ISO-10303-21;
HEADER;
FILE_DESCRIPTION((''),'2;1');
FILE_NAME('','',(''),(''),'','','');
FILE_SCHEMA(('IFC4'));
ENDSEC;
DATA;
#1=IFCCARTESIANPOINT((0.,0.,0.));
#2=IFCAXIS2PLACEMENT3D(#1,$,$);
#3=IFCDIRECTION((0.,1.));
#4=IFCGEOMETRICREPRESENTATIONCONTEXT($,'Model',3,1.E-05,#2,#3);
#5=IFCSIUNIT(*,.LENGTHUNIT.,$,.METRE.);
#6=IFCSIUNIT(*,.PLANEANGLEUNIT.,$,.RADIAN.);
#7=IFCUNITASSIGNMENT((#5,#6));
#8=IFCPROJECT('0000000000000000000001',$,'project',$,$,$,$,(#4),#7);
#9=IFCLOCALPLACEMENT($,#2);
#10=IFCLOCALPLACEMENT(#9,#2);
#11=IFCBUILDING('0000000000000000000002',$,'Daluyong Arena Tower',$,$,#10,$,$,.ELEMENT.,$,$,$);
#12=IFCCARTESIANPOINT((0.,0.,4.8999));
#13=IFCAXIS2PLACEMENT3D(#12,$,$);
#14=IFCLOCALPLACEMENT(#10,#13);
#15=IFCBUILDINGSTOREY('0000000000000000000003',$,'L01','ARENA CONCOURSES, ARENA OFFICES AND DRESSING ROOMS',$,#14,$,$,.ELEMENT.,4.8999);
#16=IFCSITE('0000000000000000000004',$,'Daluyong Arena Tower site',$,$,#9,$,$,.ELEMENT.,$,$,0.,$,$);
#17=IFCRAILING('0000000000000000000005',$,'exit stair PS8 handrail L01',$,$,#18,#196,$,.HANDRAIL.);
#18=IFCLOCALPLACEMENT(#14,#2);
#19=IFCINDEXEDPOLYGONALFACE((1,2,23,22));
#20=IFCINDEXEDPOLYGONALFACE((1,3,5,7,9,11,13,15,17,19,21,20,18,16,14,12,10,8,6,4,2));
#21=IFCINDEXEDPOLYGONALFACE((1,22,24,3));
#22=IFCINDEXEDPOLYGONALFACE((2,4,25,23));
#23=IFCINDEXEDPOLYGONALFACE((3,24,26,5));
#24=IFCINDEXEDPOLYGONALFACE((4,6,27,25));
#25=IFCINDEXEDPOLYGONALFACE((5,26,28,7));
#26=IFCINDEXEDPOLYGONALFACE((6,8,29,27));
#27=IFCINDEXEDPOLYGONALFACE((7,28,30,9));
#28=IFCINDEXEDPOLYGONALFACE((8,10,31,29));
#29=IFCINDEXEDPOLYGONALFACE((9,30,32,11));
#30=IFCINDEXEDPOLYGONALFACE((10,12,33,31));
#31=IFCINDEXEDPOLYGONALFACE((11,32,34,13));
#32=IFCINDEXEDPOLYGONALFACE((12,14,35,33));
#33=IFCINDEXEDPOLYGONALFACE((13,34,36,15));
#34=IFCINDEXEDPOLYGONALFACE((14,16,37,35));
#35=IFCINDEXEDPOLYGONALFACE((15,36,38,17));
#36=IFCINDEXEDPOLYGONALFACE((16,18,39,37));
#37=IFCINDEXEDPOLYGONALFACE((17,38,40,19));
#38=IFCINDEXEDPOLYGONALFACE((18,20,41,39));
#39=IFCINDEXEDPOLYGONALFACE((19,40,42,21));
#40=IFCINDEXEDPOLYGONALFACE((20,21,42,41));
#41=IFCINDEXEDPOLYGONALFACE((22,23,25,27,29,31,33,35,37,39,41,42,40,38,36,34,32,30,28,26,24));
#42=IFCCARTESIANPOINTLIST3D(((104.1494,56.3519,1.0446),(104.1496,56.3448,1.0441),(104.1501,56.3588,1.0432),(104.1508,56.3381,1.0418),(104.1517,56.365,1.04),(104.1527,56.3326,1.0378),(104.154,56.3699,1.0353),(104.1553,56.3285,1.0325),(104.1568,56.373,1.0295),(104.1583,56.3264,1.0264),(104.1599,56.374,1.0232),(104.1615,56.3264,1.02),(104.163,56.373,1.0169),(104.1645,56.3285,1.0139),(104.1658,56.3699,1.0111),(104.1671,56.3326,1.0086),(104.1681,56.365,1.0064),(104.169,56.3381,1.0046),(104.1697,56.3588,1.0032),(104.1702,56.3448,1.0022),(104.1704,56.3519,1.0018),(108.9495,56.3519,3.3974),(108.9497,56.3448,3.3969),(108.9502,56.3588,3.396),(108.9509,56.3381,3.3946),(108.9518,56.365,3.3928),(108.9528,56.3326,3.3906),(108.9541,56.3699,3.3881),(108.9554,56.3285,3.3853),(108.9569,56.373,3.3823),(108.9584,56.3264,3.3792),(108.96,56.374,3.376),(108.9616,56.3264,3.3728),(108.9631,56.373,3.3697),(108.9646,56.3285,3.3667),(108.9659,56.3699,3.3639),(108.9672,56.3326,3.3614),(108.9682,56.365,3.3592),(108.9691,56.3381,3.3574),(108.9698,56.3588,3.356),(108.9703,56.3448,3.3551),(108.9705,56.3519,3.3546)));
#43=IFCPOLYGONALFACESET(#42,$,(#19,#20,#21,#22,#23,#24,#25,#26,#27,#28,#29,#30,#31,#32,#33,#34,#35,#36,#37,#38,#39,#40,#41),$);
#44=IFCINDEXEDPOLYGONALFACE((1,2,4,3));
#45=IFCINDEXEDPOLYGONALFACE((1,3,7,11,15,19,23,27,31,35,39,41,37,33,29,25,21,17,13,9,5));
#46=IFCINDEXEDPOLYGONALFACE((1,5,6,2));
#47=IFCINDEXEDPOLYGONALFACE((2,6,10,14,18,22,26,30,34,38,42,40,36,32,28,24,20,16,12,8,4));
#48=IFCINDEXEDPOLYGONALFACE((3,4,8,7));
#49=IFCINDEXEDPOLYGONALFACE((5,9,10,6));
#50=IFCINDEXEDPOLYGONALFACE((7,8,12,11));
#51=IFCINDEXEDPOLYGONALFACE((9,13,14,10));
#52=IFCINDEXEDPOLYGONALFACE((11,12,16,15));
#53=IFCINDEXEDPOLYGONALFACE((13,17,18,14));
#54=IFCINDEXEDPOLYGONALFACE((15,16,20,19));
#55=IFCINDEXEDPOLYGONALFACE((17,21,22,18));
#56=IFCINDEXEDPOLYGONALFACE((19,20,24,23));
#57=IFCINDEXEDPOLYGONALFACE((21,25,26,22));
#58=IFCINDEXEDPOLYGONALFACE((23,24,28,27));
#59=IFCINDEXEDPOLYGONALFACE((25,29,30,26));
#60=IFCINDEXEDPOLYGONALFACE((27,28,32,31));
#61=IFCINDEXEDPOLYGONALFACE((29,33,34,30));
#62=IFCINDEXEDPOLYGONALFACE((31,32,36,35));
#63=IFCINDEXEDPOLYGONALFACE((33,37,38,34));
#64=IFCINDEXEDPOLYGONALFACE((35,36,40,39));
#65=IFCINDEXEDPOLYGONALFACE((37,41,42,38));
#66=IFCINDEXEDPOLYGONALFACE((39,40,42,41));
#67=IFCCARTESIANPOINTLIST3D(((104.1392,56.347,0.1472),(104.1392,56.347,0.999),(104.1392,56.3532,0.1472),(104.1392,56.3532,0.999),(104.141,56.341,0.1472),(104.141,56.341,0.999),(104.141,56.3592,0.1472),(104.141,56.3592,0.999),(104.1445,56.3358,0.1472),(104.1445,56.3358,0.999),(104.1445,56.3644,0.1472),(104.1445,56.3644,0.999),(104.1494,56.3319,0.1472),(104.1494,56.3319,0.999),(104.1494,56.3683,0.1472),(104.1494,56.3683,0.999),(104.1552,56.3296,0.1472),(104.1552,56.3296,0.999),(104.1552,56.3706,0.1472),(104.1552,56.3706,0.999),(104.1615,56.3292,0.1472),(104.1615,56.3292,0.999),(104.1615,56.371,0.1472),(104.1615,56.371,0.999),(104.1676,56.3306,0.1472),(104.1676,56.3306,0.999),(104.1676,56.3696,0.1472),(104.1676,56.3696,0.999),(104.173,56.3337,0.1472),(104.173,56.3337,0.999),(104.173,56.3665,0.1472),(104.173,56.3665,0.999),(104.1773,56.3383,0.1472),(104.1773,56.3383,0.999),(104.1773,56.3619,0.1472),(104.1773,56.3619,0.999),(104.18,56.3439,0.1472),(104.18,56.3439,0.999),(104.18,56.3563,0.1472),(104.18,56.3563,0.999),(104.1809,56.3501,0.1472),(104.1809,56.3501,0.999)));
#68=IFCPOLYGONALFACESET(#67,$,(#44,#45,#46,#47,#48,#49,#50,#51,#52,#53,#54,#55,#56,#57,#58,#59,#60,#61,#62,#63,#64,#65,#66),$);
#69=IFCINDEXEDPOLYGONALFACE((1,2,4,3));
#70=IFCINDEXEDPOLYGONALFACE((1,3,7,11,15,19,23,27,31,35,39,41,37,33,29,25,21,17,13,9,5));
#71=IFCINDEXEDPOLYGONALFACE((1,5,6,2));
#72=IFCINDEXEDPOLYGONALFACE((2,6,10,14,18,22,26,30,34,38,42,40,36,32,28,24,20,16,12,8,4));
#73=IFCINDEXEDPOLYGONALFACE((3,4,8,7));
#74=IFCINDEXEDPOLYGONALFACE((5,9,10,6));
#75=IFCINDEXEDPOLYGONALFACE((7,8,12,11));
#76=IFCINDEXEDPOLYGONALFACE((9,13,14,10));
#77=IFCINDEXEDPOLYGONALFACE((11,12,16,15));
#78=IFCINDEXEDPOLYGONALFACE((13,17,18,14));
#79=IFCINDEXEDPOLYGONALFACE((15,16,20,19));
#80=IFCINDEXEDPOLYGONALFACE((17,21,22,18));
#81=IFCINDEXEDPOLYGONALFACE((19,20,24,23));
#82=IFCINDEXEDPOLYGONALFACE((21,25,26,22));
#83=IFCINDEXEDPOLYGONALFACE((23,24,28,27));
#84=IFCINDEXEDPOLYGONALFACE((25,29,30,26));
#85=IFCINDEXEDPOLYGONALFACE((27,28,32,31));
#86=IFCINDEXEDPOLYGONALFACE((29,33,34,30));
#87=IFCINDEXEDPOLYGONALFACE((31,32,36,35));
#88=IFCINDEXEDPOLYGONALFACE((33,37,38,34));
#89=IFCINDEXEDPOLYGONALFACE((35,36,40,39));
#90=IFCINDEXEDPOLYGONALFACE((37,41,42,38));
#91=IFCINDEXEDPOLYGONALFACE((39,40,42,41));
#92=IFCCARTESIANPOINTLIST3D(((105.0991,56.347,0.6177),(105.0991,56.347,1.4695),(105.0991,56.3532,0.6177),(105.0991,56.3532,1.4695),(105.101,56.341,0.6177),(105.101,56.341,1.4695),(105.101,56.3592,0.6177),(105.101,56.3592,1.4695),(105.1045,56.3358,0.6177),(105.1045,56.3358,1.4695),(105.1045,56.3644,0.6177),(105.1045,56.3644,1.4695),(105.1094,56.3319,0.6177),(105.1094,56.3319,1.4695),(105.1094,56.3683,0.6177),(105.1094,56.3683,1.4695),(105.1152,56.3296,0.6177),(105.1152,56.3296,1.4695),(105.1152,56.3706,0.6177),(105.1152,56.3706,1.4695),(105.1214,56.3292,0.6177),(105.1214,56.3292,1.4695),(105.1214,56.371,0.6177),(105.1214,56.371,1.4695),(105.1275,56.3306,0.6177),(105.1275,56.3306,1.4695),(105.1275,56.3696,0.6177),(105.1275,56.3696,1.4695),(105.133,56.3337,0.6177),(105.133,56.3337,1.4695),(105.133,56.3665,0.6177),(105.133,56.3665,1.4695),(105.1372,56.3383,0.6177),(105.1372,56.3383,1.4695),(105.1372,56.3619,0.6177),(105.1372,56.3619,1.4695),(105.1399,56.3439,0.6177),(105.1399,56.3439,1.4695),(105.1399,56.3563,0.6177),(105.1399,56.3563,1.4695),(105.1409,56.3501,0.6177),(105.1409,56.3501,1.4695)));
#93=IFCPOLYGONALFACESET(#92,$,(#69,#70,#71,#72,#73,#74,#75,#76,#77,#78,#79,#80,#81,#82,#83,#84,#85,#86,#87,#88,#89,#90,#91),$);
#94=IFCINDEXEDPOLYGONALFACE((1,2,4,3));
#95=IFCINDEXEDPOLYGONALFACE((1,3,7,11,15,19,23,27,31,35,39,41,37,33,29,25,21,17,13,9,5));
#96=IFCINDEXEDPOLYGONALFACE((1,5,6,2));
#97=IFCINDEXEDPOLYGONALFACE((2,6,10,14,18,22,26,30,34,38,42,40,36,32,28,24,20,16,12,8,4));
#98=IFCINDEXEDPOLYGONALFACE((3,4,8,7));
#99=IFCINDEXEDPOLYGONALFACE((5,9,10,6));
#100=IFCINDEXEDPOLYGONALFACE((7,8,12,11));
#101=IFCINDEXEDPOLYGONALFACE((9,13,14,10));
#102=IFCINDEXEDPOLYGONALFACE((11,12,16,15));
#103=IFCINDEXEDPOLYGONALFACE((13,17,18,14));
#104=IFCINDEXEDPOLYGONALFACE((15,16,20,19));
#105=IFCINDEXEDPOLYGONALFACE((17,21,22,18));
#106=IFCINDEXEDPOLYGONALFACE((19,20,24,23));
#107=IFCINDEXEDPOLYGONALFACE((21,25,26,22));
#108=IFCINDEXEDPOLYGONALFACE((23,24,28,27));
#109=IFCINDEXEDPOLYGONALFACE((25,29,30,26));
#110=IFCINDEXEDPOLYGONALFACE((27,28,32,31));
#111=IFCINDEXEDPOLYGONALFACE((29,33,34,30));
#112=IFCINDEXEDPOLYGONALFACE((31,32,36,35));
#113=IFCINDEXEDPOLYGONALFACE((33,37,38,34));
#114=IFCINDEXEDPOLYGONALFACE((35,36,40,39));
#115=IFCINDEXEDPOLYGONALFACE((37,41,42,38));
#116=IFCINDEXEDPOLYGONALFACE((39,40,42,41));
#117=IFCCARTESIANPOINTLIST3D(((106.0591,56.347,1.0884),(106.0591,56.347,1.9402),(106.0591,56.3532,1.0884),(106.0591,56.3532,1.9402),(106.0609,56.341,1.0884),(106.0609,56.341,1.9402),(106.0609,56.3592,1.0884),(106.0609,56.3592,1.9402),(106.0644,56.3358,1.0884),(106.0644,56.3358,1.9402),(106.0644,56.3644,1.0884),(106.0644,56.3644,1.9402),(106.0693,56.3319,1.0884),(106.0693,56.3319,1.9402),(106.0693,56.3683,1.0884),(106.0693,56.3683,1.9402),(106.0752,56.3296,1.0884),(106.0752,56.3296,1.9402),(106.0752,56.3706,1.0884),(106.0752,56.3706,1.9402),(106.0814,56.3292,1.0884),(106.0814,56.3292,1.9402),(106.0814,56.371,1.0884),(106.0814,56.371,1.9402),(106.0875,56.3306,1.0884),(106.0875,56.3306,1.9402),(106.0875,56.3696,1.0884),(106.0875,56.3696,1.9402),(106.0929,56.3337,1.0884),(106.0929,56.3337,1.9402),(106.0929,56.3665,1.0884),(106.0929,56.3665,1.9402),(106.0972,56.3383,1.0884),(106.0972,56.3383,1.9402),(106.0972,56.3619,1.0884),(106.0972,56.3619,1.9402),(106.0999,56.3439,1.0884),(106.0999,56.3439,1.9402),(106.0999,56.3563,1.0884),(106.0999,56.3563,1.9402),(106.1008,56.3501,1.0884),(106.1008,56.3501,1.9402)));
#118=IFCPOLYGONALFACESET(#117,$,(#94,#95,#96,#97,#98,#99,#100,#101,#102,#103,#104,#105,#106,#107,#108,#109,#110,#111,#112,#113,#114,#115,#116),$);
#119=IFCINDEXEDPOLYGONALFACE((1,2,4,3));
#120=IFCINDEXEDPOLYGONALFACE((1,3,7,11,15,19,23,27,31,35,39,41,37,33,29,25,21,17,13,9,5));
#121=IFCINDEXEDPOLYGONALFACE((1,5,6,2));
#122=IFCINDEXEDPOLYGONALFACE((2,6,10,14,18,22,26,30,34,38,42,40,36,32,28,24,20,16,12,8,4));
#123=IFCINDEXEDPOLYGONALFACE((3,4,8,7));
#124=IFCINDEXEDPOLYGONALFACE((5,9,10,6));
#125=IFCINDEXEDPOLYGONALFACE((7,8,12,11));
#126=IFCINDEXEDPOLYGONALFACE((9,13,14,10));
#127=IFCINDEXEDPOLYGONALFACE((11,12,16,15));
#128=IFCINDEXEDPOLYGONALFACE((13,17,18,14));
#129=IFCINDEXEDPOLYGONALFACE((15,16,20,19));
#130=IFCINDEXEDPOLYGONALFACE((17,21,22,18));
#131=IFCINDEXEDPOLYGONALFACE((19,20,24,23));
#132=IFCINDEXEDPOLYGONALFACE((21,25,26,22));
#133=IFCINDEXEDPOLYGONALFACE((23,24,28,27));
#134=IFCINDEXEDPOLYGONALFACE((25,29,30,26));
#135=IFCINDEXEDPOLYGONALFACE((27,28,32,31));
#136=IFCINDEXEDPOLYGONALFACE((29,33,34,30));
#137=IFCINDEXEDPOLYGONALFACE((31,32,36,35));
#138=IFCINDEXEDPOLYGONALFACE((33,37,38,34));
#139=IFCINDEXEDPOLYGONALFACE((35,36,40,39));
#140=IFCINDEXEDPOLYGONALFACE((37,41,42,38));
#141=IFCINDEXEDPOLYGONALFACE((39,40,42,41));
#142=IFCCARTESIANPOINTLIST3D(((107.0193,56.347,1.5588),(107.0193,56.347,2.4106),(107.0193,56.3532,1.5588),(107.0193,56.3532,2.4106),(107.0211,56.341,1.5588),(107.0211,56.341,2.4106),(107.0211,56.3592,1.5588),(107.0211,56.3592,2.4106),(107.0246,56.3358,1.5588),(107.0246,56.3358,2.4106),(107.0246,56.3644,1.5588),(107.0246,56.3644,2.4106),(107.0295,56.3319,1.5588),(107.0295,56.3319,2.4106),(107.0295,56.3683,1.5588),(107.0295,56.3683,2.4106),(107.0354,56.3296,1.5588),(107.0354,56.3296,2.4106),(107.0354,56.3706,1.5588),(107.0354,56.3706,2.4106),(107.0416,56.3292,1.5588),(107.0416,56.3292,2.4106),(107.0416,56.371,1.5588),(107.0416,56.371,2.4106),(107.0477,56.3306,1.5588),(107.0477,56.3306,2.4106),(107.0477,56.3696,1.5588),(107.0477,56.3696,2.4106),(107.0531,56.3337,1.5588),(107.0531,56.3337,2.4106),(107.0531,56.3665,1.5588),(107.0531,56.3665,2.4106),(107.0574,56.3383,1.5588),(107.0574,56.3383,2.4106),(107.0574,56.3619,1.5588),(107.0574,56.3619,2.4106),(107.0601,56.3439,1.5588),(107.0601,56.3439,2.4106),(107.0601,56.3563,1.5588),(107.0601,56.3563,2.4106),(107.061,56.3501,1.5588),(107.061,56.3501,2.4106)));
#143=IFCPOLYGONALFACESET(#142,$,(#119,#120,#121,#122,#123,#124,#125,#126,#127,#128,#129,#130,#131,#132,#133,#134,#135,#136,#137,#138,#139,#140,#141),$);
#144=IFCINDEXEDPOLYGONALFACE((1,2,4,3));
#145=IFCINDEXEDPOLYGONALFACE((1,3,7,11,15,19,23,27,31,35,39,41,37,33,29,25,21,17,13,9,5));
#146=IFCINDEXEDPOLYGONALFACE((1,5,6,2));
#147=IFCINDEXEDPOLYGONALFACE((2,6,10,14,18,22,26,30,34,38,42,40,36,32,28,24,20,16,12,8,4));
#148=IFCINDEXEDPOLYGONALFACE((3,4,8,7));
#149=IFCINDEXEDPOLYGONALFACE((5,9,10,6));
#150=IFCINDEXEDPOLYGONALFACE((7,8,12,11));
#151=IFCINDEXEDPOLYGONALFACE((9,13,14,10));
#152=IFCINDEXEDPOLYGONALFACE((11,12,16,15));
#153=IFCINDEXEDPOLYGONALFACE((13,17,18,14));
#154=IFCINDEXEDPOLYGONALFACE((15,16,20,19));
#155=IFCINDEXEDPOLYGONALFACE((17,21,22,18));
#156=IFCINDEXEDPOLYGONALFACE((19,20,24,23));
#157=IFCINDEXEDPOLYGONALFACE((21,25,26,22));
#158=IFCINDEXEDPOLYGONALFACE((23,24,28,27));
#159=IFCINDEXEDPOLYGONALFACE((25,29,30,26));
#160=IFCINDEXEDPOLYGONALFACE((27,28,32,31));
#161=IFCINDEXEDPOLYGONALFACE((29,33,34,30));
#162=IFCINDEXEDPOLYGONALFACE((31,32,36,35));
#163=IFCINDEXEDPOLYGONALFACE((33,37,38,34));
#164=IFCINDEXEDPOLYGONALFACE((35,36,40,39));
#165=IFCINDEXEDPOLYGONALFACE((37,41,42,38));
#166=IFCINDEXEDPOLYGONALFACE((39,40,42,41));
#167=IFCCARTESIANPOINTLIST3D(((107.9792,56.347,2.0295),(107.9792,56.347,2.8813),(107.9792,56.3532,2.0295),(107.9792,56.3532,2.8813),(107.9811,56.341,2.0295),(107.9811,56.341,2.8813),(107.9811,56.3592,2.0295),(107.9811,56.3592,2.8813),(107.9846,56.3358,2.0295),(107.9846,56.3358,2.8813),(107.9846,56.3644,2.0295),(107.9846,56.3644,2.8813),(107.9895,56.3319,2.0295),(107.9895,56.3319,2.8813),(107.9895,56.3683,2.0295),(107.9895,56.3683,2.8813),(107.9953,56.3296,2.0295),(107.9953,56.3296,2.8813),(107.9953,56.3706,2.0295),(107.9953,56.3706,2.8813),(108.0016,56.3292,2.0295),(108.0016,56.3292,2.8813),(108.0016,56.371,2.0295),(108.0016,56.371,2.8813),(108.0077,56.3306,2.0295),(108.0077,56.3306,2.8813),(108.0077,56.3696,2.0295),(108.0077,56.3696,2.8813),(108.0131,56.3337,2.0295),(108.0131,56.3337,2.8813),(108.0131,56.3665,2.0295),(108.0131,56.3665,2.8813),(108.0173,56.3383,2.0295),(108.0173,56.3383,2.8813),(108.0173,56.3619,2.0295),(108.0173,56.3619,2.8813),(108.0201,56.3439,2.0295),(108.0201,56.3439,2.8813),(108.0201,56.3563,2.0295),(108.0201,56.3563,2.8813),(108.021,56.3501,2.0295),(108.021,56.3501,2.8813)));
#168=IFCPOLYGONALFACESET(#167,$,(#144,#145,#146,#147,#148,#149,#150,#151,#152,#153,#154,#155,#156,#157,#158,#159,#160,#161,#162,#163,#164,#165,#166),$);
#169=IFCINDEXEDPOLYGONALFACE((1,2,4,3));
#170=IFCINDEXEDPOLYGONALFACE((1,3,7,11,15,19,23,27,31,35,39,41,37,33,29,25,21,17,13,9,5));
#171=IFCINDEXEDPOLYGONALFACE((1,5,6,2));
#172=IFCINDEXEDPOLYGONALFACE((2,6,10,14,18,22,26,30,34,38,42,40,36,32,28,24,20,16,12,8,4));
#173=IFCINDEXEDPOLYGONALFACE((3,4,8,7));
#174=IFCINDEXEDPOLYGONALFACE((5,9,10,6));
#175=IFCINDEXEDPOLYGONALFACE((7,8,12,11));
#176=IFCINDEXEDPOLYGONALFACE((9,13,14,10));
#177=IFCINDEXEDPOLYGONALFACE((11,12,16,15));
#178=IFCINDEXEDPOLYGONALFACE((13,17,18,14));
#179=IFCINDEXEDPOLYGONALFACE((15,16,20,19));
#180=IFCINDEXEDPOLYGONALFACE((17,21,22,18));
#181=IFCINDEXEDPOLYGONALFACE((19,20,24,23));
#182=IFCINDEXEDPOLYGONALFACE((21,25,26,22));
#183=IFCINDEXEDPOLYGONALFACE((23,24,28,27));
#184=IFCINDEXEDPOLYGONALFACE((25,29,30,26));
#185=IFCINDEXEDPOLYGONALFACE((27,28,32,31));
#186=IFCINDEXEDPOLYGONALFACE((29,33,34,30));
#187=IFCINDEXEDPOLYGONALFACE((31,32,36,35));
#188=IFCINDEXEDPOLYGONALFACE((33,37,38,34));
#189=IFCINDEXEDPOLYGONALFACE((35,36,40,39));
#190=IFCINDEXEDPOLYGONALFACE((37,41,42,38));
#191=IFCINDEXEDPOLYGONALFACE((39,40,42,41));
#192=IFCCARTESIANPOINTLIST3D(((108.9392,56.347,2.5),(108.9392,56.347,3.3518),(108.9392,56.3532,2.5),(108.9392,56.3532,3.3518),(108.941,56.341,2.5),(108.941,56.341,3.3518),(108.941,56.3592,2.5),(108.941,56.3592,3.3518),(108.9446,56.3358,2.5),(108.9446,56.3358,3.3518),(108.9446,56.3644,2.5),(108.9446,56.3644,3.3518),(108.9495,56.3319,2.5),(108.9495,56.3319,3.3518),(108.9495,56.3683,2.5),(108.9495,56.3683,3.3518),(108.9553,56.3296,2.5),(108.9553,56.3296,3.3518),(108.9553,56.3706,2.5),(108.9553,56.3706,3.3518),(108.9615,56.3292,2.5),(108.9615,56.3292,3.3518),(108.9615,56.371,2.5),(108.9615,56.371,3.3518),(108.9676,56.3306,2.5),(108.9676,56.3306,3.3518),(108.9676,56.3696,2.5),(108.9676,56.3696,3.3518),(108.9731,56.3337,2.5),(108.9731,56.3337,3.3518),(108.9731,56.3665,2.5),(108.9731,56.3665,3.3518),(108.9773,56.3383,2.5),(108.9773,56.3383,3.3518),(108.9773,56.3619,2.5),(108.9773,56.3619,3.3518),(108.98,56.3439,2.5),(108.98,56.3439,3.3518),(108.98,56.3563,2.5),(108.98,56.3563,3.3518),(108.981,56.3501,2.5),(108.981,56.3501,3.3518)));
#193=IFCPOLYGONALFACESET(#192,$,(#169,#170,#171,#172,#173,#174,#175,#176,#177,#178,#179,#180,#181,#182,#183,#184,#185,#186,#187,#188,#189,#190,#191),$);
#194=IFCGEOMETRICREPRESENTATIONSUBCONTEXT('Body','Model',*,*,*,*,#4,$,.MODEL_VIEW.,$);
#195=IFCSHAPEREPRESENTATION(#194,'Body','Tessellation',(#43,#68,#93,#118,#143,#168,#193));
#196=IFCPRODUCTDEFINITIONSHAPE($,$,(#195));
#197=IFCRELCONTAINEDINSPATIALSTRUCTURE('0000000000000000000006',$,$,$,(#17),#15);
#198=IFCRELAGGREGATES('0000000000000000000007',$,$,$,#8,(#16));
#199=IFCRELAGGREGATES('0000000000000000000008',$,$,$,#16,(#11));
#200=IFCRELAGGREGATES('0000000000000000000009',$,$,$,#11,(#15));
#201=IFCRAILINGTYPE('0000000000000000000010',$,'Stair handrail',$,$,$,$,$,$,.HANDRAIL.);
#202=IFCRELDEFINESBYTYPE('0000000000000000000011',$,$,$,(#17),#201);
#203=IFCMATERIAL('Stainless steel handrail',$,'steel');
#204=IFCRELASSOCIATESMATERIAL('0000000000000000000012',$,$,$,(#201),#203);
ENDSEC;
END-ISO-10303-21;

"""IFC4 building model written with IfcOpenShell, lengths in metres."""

from ifc_helpers import new_model, si_unit, direction, frame, origin, origin_2d, place, context, subcontext, project, spatial, circle, extrude, material, type_object, element, save


model = new_model("IFC4")

# Units and contexts
model_context = context("Model", 3, precision=1e-05, world=origin(), true_north=direction((0.0, 1.0)))
body_context = subcontext(model_context, "Body", "Model", "MODEL_VIEW")
ifc_project = project(units=[si_unit("LENGTHUNIT", "METRE"), si_unit("PLANEANGLEUNIT", "RADIAN")], contexts=[model_context])

# Site, building, storey
site_placement = place(None, origin())
site = spatial("IfcSite", under=ifc_project, at=site_placement, Name="Daluyong Arena Tower site", CompositionType="ELEMENT", RefElevation=0.0)
building_placement = place(site_placement, origin())
building = spatial("IfcBuilding", under=site, at=building_placement, Name="Daluyong Arena Tower", CompositionType="ELEMENT")
storey_placement = place(building_placement, frame((0.0, 0.0, 4.8999)))
storey = spatial("IfcBuildingStorey", under=building, at=storey_placement, Name="L01", Description="ARENA CONCOURSES, ARENA OFFICES AND DRESSING ROOMS", CompositionType="ELEMENT", Elevation=4.8999)

# Railing
ifc_material_1 = material(Name="Stainless steel handrail", Category="steel")
railing_type_1 = type_object("IfcRailingType", Name="Stair handrail", PredefinedType="HANDRAIL", material=ifc_material_1)
railing_1_placement = place(storey_placement, frame((104.1599, 56.3501, 0.1472)))
element("IfcRailing", 1, at=railing_1_placement, inside=storey, type_object=railing_type_1, Name="exit stair PS8 handrail L01", PredefinedType="HANDRAIL", context=body_context, shape_type="SweptSolid", body=[
    extrude(circle(Radius=0.0239, at=origin_2d()), frame((0.0, 0.0, 0.876), z_axis=(0.897934, 0.0, 0.44013), x_axis=(0.0, 1.0, 0.0)), (0.0, 0.0, 1.0), 5.3457),
    extrude(circle(Radius=0.021, at=origin_2d()), origin(), (0.0, 0.0, 1.0), 0.8518),
    extrude(circle(Radius=0.021, at=origin_2d()), frame((0.96, 0.0, 0.4705)), (0.0, 0.0, 1.0), 0.8518),
    extrude(circle(Radius=0.021, at=origin_2d()), frame((1.9199, 0.0, 0.9412)), (0.0, 0.0, 1.0), 0.8518),
    extrude(circle(Radius=0.021, at=origin_2d()), frame((2.8801, 0.0, 1.4116)), (0.0, 0.0, 1.0), 0.8518),
    extrude(circle(Radius=0.021, at=origin_2d()), frame((3.8401, 0.0, 1.8823)), (0.0, 0.0, 1.0), 0.8518),
    extrude(circle(Radius=0.021, at=origin_2d()), frame((4.8, 0.0, 2.3528)), (0.0, 0.0, 1.0), 0.8518),
])

save(model, "model.ifc")
